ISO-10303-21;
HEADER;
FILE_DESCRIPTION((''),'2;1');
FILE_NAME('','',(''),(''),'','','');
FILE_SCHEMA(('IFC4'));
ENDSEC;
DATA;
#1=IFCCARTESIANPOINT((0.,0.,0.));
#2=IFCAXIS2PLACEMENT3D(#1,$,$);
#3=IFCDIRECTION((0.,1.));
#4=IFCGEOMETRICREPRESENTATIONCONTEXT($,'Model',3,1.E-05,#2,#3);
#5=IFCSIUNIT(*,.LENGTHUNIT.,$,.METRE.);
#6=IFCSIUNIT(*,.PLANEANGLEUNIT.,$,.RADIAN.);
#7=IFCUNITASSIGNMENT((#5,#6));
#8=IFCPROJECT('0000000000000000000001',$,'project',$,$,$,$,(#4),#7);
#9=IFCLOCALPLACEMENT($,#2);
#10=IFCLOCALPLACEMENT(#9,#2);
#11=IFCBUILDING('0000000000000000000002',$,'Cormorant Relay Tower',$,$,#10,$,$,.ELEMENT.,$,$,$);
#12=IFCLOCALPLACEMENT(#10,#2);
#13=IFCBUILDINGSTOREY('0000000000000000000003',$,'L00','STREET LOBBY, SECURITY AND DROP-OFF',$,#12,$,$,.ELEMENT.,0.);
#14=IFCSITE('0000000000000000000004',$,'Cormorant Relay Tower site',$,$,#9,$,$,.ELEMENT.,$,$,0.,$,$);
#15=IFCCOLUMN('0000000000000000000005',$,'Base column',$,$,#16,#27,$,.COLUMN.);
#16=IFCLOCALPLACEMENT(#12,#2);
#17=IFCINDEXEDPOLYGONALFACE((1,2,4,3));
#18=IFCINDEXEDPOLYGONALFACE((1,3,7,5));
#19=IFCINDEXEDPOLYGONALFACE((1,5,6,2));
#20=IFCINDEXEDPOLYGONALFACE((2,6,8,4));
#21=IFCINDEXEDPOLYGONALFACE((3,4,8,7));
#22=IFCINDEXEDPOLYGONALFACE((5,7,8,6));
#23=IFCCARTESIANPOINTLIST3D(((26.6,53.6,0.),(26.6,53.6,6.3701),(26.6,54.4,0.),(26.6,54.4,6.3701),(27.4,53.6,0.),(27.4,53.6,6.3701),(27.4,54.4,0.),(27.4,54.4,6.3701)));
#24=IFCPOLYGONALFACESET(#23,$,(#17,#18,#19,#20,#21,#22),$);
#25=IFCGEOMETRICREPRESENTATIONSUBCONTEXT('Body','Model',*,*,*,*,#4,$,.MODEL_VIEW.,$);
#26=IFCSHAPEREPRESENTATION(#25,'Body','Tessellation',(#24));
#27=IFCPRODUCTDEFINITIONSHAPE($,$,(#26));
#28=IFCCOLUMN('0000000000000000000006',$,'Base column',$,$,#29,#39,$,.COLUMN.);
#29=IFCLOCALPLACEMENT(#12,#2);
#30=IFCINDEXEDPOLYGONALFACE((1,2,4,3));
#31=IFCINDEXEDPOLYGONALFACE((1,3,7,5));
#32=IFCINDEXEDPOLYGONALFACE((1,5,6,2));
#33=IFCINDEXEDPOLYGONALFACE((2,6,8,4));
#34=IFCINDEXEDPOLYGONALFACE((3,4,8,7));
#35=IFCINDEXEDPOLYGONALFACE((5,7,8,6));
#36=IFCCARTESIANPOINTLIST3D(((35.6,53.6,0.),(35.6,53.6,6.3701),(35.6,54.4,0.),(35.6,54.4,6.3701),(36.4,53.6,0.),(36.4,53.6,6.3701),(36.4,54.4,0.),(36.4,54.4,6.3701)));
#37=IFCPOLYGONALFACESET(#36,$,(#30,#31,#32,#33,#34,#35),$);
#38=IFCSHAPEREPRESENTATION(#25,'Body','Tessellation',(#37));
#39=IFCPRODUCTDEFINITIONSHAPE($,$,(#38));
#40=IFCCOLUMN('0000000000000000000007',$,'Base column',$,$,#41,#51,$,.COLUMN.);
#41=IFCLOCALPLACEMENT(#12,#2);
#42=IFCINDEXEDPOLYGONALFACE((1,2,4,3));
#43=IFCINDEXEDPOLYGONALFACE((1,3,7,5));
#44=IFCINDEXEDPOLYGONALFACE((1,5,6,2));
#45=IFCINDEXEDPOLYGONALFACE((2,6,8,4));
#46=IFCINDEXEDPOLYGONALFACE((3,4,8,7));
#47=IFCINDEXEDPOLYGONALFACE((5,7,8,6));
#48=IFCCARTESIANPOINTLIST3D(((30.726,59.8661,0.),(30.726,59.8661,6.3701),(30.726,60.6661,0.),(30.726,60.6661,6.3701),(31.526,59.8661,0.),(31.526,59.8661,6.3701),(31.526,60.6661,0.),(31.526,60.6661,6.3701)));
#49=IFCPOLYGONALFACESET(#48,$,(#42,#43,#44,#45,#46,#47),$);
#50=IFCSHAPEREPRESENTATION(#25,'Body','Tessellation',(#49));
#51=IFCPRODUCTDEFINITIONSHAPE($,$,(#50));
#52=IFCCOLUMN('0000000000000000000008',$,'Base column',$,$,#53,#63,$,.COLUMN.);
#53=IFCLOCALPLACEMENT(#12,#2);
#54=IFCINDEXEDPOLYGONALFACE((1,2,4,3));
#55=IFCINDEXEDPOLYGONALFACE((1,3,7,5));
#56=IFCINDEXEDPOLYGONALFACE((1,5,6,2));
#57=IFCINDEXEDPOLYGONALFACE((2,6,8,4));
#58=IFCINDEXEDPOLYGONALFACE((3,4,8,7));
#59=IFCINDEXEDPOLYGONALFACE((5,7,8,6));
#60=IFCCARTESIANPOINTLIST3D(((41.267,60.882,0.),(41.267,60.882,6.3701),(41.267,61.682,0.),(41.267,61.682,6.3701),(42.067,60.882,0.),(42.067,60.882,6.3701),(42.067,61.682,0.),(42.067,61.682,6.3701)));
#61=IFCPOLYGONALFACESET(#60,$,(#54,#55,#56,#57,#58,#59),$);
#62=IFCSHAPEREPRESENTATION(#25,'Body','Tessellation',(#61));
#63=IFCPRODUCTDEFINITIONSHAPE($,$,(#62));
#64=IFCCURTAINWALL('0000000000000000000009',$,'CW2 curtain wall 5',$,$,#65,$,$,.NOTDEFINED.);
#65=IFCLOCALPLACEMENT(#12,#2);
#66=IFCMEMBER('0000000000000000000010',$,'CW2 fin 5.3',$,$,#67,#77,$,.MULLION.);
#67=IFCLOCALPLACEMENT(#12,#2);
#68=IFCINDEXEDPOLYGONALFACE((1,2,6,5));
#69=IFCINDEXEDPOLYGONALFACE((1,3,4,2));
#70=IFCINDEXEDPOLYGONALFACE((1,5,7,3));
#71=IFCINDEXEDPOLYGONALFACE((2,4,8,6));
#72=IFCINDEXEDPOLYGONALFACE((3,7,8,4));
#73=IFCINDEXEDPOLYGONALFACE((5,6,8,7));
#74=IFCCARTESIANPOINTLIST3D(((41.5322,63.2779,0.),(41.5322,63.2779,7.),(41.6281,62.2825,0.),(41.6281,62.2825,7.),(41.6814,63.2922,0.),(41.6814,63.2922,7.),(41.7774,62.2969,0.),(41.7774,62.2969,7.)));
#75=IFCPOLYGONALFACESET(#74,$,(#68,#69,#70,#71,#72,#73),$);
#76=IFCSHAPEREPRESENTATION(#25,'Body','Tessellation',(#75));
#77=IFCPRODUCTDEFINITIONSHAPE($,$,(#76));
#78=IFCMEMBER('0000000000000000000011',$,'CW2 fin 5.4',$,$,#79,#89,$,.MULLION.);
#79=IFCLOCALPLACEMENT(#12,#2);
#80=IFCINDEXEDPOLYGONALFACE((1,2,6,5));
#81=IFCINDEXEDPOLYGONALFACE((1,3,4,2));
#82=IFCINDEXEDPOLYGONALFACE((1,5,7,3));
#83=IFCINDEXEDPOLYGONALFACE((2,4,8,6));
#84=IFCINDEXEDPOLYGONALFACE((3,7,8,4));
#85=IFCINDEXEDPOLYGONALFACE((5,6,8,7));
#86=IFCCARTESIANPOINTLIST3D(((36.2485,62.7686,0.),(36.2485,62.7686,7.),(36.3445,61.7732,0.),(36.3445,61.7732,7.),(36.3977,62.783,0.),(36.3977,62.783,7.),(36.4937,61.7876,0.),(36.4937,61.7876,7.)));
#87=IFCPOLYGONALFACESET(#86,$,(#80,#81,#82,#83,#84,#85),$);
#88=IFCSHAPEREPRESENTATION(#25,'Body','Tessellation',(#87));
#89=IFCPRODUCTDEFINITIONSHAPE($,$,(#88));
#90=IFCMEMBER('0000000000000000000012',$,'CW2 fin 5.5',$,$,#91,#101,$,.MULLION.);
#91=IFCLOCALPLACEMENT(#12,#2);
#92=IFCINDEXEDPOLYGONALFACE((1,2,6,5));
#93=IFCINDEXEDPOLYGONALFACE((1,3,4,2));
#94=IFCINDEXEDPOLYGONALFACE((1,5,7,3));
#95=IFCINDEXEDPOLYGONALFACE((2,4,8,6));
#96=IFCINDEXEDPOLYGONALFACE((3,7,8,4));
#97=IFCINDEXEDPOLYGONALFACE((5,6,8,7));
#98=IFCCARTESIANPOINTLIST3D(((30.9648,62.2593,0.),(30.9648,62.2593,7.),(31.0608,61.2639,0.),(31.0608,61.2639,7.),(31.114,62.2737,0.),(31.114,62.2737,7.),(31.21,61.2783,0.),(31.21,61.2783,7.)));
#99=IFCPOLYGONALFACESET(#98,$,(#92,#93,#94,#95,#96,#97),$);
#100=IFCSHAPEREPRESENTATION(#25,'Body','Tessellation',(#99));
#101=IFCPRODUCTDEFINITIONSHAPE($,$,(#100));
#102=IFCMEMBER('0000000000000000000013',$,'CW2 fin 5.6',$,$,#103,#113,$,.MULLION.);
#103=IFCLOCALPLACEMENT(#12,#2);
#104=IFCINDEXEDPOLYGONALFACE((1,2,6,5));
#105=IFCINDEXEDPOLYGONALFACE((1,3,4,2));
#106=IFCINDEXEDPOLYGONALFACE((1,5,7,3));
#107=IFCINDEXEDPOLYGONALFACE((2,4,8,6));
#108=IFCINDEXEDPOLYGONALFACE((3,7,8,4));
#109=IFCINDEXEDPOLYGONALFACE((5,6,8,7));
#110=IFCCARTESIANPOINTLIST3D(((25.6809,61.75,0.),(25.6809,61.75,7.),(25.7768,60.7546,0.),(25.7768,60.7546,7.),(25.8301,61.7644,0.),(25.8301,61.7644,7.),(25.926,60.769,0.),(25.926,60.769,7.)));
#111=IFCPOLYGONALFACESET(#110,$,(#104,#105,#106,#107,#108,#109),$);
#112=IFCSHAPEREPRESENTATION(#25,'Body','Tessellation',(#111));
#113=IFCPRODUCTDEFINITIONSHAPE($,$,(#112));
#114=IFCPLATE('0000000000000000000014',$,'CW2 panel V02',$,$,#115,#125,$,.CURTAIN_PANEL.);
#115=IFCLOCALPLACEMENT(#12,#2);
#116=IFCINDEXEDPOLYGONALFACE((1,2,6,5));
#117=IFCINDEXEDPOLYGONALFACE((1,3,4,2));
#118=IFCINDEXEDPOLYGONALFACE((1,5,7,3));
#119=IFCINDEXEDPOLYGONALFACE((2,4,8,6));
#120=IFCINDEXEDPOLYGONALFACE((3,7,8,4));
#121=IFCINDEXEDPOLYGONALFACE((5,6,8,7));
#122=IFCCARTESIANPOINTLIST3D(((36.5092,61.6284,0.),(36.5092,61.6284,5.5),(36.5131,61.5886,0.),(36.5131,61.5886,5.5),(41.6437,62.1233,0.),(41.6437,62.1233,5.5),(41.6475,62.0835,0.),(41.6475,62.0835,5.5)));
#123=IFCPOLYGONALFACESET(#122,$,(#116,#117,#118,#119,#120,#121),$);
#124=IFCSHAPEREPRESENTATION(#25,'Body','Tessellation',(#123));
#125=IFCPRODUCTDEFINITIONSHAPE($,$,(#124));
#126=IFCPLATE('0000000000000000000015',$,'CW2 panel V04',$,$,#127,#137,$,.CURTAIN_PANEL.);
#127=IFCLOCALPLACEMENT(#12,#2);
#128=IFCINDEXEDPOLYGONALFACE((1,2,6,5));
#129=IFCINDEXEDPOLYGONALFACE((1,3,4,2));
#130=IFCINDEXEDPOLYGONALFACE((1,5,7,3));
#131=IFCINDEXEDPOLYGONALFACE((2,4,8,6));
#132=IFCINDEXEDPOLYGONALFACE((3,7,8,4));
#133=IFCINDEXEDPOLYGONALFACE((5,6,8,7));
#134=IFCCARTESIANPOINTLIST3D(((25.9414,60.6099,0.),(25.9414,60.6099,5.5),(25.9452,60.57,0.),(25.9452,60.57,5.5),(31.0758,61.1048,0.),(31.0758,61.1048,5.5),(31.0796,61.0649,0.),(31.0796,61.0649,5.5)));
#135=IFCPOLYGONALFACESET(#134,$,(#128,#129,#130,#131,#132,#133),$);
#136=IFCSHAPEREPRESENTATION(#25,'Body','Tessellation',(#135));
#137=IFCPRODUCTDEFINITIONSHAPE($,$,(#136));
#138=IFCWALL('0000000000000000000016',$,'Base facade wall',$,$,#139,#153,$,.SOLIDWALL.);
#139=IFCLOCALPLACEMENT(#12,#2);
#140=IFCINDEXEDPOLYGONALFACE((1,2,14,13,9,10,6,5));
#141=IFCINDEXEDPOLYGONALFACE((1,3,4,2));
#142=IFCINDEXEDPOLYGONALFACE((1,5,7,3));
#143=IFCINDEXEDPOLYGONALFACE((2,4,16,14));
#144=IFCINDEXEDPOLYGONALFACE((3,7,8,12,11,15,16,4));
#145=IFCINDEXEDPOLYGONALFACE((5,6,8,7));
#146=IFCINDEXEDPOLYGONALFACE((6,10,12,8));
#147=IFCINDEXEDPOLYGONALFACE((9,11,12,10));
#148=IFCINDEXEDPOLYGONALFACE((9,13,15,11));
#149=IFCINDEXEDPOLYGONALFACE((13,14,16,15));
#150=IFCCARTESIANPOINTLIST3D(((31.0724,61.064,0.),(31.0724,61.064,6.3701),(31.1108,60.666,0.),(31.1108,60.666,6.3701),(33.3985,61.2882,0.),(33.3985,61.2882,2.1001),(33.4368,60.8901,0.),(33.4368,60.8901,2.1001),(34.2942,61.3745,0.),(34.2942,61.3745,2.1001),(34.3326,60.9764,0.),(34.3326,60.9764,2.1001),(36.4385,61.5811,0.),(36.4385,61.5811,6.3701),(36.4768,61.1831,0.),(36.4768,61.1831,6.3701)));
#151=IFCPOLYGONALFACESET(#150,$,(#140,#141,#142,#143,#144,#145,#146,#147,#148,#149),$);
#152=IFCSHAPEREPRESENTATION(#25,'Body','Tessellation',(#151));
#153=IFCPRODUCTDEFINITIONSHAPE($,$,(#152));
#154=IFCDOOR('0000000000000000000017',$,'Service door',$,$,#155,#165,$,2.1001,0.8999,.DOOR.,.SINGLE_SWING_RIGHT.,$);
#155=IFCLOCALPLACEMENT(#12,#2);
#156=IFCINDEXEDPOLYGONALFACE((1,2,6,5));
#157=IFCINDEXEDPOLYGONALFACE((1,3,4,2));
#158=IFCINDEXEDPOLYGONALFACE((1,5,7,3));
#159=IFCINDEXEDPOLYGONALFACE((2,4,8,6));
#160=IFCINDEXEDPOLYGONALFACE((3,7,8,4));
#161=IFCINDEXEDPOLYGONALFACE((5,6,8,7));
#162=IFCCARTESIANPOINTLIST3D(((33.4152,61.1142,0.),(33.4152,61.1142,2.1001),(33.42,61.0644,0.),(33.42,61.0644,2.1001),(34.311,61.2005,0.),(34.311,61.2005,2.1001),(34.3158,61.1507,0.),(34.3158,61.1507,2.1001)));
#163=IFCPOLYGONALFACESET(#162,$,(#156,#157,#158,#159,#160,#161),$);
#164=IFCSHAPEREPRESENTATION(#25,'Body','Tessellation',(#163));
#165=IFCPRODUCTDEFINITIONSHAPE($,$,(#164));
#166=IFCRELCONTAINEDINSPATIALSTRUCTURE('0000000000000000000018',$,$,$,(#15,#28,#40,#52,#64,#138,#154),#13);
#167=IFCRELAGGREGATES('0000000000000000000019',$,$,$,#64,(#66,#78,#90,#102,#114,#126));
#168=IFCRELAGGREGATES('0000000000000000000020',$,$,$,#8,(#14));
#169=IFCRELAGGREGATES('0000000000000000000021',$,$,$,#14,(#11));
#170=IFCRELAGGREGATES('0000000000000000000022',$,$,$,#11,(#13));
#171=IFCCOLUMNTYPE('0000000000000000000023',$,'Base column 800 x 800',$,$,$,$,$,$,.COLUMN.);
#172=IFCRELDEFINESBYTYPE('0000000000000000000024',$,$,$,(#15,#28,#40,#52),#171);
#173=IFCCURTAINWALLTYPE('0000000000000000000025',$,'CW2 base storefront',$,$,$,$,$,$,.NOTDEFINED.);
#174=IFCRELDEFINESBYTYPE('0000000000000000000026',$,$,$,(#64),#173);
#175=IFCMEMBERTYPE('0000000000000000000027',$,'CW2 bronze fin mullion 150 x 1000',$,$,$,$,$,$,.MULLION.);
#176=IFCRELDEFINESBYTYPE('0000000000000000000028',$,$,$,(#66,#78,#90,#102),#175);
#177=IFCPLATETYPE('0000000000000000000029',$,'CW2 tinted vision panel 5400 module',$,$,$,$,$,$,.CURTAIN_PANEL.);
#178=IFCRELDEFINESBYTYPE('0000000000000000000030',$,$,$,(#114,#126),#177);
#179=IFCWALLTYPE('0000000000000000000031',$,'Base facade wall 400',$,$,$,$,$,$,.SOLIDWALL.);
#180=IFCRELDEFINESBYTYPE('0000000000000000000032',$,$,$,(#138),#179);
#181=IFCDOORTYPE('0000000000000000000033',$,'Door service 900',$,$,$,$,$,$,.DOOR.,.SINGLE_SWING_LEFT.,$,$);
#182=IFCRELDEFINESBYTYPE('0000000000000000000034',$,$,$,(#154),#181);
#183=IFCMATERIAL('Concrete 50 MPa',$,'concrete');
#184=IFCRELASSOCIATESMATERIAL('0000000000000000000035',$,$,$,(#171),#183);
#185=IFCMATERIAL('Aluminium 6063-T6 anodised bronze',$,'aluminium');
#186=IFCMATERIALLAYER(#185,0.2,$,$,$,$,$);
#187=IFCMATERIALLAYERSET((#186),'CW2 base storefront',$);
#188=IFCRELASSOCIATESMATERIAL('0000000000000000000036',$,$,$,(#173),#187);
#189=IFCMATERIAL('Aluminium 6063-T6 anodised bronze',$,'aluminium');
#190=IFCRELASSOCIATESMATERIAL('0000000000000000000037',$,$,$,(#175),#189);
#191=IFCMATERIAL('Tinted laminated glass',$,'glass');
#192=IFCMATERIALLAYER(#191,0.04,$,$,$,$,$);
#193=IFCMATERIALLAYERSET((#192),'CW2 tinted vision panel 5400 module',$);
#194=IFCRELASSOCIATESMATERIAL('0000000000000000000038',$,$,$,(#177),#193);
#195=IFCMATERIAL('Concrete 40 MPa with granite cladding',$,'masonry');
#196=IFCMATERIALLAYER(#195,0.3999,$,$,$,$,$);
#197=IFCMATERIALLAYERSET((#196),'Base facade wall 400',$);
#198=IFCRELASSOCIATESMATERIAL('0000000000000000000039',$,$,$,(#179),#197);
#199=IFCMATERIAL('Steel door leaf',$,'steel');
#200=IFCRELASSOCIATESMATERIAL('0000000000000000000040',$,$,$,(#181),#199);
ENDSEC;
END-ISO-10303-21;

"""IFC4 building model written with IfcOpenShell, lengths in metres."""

from ifc_helpers import new_model, si_unit, direction, frame, frame_2d, origin, origin_2d, place, context, subcontext, project, spatial, rectangle, extrude, material, layer, layer_set, material_profile, profile_set, type_object, element, fill, aggregate, save


model = new_model("IFC4")

# Units and contexts
model_context = context("Model", 3, precision=1e-05, world=origin(), true_north=direction((0.0, 1.0)))
body_context = subcontext(model_context, "Body", "Model", "MODEL_VIEW")
ifc_project = project(units=[si_unit("LENGTHUNIT", "METRE"), si_unit("PLANEANGLEUNIT", "RADIAN")], contexts=[model_context])

# Site, building, storey
site_placement = place(None, origin())
site = spatial("IfcSite", under=ifc_project, at=site_placement, Name="Cormorant Relay Tower site", CompositionType="ELEMENT", RefElevation=0.0)
building_placement = place(site_placement, origin())
building = spatial("IfcBuilding", under=site, at=building_placement, Name="Cormorant Relay Tower", CompositionType="ELEMENT")
storey_placement = place(building_placement, origin())
storey = spatial("IfcBuildingStorey", under=building, at=storey_placement, Name="L00", Description="STREET LOBBY, SECURITY AND DROP-OFF", CompositionType="ELEMENT", Elevation=0.0)

# Columns
ifc_material_1 = material(Name="Concrete 50 MPa", Category="concrete")
ifc_material_profile_1 = material_profile(ifc_material_1, rectangle(XDim=0.8, YDim=0.8, at=origin_2d()), Name="RC 800x800")
ifc_profile_set_1 = profile_set([ifc_material_profile_1], Name="Concrete 50 MPa")
column_type = type_object("IfcColumnType", Name="Base column 800 x 800", PredefinedType="COLUMN", material=ifc_profile_set_1)
for number, where, z_axis, x_axis, name in (
    (1, (27.0, 54.0, 0.0), (0.0, 0.0, 1.0), (1.0, 0.0, 0.0), "Base column"),
    (2, (36.0, 54.0, 0.0), (0.0, 0.0, 1.0), (1.0, 0.0, 0.0), "Base column"),
    (3, (31.126, 60.2661, 0.0), (0.0, 0.0, 1.0), (1.0, 0.0, 0.0), "Base column"),
    (4, (41.667, 61.282, 0.0), (0.0, 0.0, 1.0), (1.0, 0.0, 0.0), "Base column"),
):
    element("IfcColumn", number, at=place(storey_placement, frame(where, z_axis=z_axis, x_axis=x_axis)), inside=storey, type_object=column_type, Name=name, PredefinedType="COLUMN", context=body_context, shape_type="SweptSolid", body=[
        extrude(rectangle(XDim=0.8, YDim=0.8, at=origin_2d()), origin(), (0.0, 0.0, 1.0), 6.3701),
    ])

# Curtain wall, members, plates
ifc_material_2 = material(Name="Aluminium 6063-T6 anodised bronze", Category="aluminium")
ifc_layer_1 = layer(ifc_material_2, 0.2)
ifc_layer_set_1 = layer_set([ifc_layer_1], Name="CW2 base storefront")
curtain_wall_type = type_object("IfcCurtainWallType", Name="CW2 base storefront", PredefinedType="NOTDEFINED", material=ifc_layer_set_1)
curtain_wall_placement = place(storey_placement, origin())
curtain_wall = element("IfcCurtainWall", 5, at=curtain_wall_placement, inside=storey, type_object=curtain_wall_type, Name="CW2 curtain wall 5", PredefinedType="NOTDEFINED")
ifc_material_3 = material(Name="Aluminium 6063-T6 anodised bronze", Category="aluminium")
ifc_material_profile_2 = material_profile(ifc_material_3, rectangle(XDim=0.1499, YDim=1.0, at=origin_2d()), Name="AL 150x1000")
ifc_profile_set_2 = profile_set([ifc_material_profile_2], Name="Aluminium 6063-T6 anodised bronze")
member_type = type_object("IfcMemberType", Name="CW2 bronze fin mullion 150 x 1000", PredefinedType="MULLION", material=ifc_profile_set_2)
member_1_placement = place(storey_placement, frame((41.6548, 62.7874, 0.0), z_axis=(0.0, 0.0, 1.0), x_axis=(-0.995387, -0.09594, 0.0)))
member_1 = element("IfcMember", 6, at=member_1_placement, type_object=member_type, Name="CW2 fin 5.3", PredefinedType="MULLION", context=body_context, shape_type="SweptSolid", body=[
    extrude(rectangle(XDim=0.1499, YDim=1.0, at=origin_2d()), origin(), (0.0, 0.0, 1.0), 7.0),
])
member_2_placement = place(storey_placement, frame((36.3711, 62.2781, 0.0), z_axis=(0.0, 0.0, 1.0), x_axis=(-0.995387, -0.09594, 0.0)))
member_2 = element("IfcMember", 7, at=member_2_placement, type_object=member_type, Name="CW2 fin 5.4", PredefinedType="MULLION", context=body_context, shape_type="SweptSolid", body=[
    extrude(rectangle(XDim=0.1499, YDim=1.0, at=origin_2d()), origin(), (0.0, 0.0, 1.0), 7.0),
])
member_3_placement = place(storey_placement, frame((31.0874, 61.7688, 0.0), z_axis=(0.0, 0.0, 1.0), x_axis=(-0.995387, -0.09594, 0.0)))
member_3 = element("IfcMember", 8, at=member_3_placement, type_object=member_type, Name="CW2 fin 5.5", PredefinedType="MULLION", context=body_context, shape_type="SweptSolid", body=[
    extrude(rectangle(XDim=0.1499, YDim=1.0, at=origin_2d()), origin(), (0.0, 0.0, 1.0), 7.0),
])
member_4_placement = place(storey_placement, frame((25.8035, 61.2595, 0.0), z_axis=(0.0, 0.0, 1.0), x_axis=(-0.995387, -0.09594, 0.0)))
member_4 = element("IfcMember", 9, at=member_4_placement, type_object=member_type, Name="CW2 fin 5.6", PredefinedType="MULLION", context=body_context, shape_type="SweptSolid", body=[
    extrude(rectangle(XDim=0.1499, YDim=1.0, at=origin_2d()), origin(), (0.0, 0.0, 1.0), 7.0),
])
ifc_material_4 = material(Name="Tinted laminated glass", Category="glass")
ifc_layer_2 = layer(ifc_material_4, 0.04)
ifc_layer_set_2 = layer_set([ifc_layer_2], Name="CW2 tinted vision panel 5400 module")
plate_type = type_object("IfcPlateType", Name="CW2 tinted vision panel 5400 module", PredefinedType="CURTAIN_PANEL", material=ifc_layer_set_2)
plate_1_placement = place(storey_placement, frame((39.0784, 61.856, 0.0), z_axis=(0.0, 0.0, 1.0), x_axis=(-0.995387, -0.09594, 0.0)))
plate_1 = element("IfcPlate", 10, at=plate_1_placement, type_object=plate_type, Name="CW2 panel V02", PredefinedType="CURTAIN_PANEL", context=body_context, shape_type="SweptSolid", body=[
    extrude(rectangle(XDim=5.1582, YDim=0.04, at=origin_2d()), origin(), (0.0, 0.0, 1.0), 5.5),
])
plate_2_placement = place(storey_placement, frame((28.5105, 60.8374, 0.0), z_axis=(0.0, 0.0, 1.0), x_axis=(-0.995387, -0.09594, 0.0)))
plate_2 = element("IfcPlate", 11, at=plate_2_placement, type_object=plate_type, Name="CW2 panel V04", PredefinedType="CURTAIN_PANEL", context=body_context, shape_type="SweptSolid", body=[
    extrude(rectangle(XDim=5.1582, YDim=0.04, at=origin_2d()), origin(), (0.0, 0.0, 1.0), 5.5),
])
aggregate(curtain_wall, [member_1, member_2, member_3, member_4, plate_1, plate_2])

# Wall, opening, door
ifc_material_5 = material(Name="Concrete 40 MPa with granite cladding", Category="masonry")
ifc_layer_3 = layer(ifc_material_5, 0.3999)
ifc_layer_set_3 = layer_set([ifc_layer_3], Name="Base facade wall 400")
wall_type_1 = type_object("IfcWallType", Name="Base facade wall 400", PredefinedType="SOLIDWALL", material=ifc_layer_set_3)
wall_1_placement = place(storey_placement, frame((36.4575, 61.3821, 0.0), z_axis=(0.0, 0.0, 1.0), x_axis=(-0.995389, -0.09592, 0.0)))
wall_1 = element("IfcWall", 12, at=wall_1_placement, inside=storey, type_object=wall_type_1, Name="Base facade wall", PredefinedType="SOLIDWALL", context=body_context, shape_type="SweptSolid", body=[
    extrude(rectangle(XDim=5.3909, YDim=0.3999, at=frame_2d((2.6953, 0.0))), origin(), (0.0, 0.0, 1.0), 6.3701),
])
opening_1_placement = place(wall_1_placement, frame((2.1541, 0.0, 0.0)))
opening_1 = element("IfcOpeningElement", 13, at=opening_1_placement, cuts=wall_1, PredefinedType="OPENING", context=body_context, shape_type="SweptSolid", body=[
    extrude(rectangle(XDim=0.8999, YDim=2.1001, at=frame_2d((0.45, 1.05))), frame((0.0, 0.21, 0.0), z_axis=(0.0, -1.0, 0.0), x_axis=(1.0, 0.0, 0.0)), (0.0, 0.0, 1.0), 0.4199),
])
ifc_material_6 = material(Name="Steel door leaf", Category="steel")
door_type_1 = type_object("IfcDoorType", Name="Door service 900", OperationType="SINGLE_SWING_LEFT", PredefinedType="DOOR", material=ifc_material_6)
door_1_placement = place(opening_1_placement, origin())
door_1 = element("IfcDoor", 14, at=door_1_placement, inside=storey, type_object=door_type_1, Name="Service door", OperationType="SINGLE_SWING_RIGHT", OverallHeight=2.1001, OverallWidth=0.8999, PredefinedType="DOOR", context=body_context, shape_type="SweptSolid", body=[
    extrude(rectangle(XDim=0.8999, YDim=2.1001, at=frame_2d((0.45, 1.05))), frame((0.0, 0.0249, 0.0), z_axis=(0.0, -1.0, 0.0), x_axis=(1.0, 0.0, 0.0)), (0.0, 0.0, 1.0), 0.05),
])
fill(opening_1, door_1)

save(model, "model.ifc")
